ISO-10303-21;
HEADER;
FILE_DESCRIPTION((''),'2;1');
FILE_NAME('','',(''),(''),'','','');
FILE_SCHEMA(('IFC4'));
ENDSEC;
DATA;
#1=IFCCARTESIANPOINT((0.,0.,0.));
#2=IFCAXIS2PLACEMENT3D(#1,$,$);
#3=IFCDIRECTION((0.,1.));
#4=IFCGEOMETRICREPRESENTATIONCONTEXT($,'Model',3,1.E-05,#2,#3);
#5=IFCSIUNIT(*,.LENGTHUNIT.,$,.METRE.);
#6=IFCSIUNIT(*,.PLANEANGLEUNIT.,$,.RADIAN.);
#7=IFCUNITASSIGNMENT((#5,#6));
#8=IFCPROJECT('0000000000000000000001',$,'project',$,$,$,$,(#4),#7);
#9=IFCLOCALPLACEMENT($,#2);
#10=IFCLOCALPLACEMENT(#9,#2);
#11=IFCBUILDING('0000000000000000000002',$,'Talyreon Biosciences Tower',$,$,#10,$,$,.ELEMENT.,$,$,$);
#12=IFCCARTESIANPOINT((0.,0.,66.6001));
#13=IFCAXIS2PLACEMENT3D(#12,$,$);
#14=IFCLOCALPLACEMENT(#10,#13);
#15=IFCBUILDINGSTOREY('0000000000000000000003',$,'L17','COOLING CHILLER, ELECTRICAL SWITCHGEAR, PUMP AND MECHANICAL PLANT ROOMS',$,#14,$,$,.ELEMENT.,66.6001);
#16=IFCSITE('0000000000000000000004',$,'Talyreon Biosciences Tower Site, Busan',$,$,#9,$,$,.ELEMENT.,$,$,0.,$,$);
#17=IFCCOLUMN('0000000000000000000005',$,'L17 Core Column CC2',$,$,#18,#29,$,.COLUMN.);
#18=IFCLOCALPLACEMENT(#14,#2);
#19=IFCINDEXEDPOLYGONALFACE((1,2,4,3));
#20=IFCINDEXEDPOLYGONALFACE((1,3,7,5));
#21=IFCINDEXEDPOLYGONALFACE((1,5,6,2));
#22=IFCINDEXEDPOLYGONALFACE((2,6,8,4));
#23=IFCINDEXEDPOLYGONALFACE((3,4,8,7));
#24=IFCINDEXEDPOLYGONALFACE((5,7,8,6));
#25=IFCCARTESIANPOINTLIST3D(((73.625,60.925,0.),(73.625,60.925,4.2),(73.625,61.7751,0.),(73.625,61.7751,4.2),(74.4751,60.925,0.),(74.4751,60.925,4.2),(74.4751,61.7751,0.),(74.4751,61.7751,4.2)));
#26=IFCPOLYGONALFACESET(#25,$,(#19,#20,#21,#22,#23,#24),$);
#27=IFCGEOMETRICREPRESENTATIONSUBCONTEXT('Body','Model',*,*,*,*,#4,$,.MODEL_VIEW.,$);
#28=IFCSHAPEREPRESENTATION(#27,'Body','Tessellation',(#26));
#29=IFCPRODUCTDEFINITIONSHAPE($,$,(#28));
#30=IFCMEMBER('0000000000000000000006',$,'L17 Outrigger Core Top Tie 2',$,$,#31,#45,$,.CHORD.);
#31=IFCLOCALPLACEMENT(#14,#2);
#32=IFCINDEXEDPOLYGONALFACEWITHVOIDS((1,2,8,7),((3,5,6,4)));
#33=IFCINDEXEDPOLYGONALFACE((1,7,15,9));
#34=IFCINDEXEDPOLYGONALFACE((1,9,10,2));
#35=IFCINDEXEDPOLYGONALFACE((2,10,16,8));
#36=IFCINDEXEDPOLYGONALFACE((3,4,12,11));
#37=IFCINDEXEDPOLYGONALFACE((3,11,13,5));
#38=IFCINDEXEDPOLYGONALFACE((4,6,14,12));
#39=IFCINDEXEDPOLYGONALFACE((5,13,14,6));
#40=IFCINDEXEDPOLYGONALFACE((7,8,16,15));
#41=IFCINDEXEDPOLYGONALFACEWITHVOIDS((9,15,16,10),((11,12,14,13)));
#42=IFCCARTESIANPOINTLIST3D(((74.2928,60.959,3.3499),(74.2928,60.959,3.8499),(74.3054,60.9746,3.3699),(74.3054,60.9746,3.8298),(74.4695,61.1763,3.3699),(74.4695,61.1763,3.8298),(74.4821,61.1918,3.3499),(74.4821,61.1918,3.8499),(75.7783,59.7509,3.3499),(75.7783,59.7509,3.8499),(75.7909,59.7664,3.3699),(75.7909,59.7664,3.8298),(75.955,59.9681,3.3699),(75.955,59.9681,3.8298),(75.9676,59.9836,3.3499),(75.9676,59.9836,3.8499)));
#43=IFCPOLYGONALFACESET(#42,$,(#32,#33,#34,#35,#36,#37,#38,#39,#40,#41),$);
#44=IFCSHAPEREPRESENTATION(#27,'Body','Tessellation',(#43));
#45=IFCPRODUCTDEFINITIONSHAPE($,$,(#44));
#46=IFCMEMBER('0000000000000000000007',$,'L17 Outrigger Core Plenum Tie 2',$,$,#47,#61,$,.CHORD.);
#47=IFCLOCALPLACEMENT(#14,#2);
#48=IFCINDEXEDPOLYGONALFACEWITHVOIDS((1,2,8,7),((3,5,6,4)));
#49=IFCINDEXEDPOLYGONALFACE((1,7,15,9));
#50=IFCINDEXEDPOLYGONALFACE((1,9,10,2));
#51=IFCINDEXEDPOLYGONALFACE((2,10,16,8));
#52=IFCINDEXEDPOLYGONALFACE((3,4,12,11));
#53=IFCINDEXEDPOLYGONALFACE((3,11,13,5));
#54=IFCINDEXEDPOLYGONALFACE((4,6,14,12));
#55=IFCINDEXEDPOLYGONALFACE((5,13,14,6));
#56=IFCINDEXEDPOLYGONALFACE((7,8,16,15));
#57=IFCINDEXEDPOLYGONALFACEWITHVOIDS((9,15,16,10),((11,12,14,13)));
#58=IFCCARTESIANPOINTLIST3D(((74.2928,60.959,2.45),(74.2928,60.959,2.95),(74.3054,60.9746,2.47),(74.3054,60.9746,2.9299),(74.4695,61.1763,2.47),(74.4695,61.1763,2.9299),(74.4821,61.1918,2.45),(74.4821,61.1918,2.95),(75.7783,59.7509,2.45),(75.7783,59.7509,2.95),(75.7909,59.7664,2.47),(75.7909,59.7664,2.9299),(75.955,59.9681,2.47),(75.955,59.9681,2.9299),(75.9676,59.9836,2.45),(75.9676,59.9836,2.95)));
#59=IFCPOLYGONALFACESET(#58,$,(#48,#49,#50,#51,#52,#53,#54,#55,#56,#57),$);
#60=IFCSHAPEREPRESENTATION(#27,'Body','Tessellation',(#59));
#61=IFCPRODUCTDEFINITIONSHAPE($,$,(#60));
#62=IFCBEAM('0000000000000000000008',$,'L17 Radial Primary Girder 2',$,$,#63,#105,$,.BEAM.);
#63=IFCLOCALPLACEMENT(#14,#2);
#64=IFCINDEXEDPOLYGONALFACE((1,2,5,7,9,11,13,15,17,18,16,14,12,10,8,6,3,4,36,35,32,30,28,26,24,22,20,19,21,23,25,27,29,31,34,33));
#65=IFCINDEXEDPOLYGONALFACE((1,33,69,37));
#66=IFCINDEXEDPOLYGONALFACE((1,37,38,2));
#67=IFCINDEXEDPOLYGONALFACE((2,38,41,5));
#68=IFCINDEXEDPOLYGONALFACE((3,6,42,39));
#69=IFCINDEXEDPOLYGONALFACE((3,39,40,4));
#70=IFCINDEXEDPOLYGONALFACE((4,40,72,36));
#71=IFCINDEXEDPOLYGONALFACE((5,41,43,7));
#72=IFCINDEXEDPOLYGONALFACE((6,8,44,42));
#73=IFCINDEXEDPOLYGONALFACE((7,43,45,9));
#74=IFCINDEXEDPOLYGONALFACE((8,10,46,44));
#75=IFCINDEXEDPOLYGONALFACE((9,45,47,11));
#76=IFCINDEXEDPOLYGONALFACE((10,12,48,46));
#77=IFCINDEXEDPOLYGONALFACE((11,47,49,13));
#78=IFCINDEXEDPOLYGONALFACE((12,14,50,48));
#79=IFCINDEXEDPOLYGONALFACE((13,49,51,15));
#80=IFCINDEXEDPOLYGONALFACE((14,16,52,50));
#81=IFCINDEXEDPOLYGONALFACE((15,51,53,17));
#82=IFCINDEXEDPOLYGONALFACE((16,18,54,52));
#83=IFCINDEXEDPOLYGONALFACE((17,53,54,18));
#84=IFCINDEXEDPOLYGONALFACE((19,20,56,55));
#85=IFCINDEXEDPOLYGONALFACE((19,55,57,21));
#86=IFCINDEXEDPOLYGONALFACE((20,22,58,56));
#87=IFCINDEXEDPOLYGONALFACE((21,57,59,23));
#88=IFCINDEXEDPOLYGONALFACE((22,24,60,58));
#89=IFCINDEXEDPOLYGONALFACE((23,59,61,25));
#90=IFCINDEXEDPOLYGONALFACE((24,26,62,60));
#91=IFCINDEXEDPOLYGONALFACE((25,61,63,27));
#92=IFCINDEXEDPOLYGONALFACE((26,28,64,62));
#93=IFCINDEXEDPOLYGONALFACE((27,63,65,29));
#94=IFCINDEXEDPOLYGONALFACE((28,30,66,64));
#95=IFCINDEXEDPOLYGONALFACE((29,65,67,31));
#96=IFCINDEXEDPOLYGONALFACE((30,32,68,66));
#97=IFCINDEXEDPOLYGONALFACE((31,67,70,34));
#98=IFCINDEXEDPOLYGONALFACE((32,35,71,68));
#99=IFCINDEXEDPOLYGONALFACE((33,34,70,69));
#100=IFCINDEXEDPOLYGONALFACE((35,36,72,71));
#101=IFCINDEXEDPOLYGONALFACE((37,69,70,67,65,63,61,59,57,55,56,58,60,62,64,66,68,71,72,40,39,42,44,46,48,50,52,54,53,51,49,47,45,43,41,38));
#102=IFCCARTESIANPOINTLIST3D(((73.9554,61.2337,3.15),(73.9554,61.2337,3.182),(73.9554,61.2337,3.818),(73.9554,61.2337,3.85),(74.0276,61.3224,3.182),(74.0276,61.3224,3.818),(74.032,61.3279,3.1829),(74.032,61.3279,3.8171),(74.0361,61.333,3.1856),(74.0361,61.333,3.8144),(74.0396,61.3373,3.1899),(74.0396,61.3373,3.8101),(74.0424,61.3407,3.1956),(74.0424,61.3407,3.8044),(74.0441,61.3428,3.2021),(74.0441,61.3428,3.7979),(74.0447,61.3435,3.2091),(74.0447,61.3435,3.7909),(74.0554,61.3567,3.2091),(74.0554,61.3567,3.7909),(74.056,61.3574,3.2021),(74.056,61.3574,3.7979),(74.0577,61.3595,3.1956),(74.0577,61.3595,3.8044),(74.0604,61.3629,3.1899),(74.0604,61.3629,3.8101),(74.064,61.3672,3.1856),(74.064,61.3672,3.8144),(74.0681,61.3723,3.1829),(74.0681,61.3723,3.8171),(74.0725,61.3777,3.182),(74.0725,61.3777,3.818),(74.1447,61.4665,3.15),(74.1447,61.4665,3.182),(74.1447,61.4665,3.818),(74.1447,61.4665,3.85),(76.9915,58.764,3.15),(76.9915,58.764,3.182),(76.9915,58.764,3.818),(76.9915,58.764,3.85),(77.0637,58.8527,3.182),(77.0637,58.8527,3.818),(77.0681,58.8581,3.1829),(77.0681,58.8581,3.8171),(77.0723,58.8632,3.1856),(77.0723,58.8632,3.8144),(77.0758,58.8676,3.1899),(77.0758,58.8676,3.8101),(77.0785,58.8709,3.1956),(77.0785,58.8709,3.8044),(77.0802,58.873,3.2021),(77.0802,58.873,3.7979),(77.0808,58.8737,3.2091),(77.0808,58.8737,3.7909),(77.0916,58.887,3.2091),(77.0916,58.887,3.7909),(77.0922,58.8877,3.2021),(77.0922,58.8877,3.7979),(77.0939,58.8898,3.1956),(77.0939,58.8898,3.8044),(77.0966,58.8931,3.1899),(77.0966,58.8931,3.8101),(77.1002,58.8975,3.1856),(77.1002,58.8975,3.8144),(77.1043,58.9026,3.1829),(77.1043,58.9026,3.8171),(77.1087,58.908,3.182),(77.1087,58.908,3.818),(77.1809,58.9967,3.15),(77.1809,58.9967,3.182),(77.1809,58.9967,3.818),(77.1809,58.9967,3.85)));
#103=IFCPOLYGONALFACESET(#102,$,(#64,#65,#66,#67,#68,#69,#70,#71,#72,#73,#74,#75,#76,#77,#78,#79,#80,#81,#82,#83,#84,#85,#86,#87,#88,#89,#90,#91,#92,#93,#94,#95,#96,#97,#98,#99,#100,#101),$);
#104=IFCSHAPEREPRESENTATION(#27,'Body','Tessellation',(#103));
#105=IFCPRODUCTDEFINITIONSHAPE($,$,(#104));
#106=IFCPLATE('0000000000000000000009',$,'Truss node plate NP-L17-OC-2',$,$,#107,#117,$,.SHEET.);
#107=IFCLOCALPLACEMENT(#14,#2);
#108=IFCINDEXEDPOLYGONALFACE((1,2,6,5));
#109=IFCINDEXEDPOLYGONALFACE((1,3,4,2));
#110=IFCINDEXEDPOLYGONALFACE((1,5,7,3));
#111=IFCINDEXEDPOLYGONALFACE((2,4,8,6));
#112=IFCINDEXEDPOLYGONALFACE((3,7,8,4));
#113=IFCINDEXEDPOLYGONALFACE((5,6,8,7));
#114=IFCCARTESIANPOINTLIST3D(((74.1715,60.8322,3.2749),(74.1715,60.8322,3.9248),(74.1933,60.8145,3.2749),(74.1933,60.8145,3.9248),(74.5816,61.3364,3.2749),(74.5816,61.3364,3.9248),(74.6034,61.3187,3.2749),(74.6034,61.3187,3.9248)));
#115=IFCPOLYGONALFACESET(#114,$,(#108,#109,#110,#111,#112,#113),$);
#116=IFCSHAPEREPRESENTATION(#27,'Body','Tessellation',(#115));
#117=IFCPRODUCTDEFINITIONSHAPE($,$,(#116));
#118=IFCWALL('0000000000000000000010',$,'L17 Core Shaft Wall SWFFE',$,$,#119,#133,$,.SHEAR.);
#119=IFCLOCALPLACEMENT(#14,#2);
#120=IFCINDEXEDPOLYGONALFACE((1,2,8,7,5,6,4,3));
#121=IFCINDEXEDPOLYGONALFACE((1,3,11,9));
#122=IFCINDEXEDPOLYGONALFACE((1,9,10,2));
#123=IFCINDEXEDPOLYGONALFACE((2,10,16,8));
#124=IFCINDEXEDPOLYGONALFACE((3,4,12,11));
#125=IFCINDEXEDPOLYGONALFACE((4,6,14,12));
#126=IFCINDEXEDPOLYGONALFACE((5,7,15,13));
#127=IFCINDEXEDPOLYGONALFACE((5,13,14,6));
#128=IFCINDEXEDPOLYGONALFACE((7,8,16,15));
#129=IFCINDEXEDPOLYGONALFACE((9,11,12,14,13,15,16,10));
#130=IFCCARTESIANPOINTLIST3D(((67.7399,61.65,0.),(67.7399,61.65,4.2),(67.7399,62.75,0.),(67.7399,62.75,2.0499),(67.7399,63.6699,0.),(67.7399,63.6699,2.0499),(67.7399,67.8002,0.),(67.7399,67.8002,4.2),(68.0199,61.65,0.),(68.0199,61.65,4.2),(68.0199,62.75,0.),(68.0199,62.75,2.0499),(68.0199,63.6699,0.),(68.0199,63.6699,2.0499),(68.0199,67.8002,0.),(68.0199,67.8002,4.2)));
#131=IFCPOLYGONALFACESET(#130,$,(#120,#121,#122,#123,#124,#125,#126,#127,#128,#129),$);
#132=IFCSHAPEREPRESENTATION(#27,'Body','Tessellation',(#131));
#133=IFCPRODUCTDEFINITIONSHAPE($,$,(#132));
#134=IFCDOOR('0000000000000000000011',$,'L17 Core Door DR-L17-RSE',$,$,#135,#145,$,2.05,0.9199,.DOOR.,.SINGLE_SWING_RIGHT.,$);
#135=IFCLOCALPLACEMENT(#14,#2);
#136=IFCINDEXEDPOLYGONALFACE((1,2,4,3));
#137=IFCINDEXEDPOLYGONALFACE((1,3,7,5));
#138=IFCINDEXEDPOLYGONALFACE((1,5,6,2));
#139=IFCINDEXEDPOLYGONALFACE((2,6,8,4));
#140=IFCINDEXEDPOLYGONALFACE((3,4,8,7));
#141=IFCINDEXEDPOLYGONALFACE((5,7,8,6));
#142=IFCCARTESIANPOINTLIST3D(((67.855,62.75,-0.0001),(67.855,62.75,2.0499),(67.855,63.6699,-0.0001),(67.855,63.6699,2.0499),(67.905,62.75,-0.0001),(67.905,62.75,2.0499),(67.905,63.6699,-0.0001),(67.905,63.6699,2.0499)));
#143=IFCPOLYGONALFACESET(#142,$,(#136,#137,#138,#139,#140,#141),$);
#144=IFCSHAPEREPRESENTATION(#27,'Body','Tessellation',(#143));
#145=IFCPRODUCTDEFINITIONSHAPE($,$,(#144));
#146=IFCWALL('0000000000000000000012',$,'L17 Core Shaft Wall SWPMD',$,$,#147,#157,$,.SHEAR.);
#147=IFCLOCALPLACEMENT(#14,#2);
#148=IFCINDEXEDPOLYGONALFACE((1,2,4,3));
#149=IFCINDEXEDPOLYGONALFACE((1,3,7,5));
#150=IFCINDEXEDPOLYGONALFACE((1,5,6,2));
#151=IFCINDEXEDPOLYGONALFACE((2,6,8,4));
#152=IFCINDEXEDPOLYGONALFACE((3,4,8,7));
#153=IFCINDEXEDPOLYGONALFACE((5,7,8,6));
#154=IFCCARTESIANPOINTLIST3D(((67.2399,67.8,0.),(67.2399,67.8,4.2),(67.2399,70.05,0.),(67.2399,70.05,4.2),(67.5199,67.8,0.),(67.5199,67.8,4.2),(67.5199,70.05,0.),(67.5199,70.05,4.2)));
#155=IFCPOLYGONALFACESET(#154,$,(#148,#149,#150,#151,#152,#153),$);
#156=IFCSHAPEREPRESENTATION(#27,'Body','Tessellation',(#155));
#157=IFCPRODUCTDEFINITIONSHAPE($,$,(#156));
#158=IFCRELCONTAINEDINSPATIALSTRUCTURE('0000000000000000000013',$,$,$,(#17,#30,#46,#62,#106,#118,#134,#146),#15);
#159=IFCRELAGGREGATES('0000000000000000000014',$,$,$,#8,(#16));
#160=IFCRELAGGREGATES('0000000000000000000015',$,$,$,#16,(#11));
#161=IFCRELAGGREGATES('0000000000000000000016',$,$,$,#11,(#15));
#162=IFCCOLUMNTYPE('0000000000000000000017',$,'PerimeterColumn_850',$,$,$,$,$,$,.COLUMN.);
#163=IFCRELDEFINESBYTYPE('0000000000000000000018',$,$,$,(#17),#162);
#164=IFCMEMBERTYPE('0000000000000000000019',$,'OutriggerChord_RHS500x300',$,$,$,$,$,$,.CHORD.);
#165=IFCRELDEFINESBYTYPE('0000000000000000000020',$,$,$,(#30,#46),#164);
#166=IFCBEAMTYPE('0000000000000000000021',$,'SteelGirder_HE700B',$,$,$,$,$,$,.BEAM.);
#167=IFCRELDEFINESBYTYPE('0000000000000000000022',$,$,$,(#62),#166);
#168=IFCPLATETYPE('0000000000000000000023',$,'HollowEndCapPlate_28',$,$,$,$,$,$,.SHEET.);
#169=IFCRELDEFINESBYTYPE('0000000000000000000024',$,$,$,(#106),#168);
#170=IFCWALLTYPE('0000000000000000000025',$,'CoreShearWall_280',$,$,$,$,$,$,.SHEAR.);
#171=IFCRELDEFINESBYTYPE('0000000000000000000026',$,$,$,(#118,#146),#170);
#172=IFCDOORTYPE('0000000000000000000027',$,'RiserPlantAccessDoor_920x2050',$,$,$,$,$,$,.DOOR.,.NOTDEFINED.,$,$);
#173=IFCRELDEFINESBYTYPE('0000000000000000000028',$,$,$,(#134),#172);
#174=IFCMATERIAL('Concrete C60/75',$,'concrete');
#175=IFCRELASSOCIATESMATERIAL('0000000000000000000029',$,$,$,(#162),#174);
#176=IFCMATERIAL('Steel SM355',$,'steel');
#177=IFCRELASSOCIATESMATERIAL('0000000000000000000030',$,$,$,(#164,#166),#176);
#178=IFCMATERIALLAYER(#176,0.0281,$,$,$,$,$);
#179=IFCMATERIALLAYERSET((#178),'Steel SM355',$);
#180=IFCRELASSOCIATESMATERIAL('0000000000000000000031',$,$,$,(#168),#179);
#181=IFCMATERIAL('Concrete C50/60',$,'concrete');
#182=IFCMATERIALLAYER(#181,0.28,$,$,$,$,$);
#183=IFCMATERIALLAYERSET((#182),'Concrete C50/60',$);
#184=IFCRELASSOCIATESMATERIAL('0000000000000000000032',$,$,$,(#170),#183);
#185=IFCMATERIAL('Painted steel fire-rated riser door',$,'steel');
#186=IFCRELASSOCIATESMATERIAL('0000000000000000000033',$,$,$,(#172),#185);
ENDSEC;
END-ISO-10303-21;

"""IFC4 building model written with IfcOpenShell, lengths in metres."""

from ifc_helpers import new_model, si_unit, direction, frame, frame_2d, origin, origin_2d, place, context, subcontext, project, spatial, rectangle, hollow_rectangle, i_section, extrude, material, layer, layer_set, material_profile, profile_set, type_object, element, fill, save


model = new_model("IFC4")

# Units and contexts
model_context = context("Model", 3, precision=1e-05, world=origin(), true_north=direction((0.0, 1.0)))
body_context = subcontext(model_context, "Body", "Model", "MODEL_VIEW")
ifc_project = project(units=[si_unit("LENGTHUNIT", "METRE"), si_unit("PLANEANGLEUNIT", "RADIAN")], contexts=[model_context])

# Site, building, storey
site_placement = place(None, origin())
site = spatial("IfcSite", under=ifc_project, at=site_placement, Name="Talyreon Biosciences Tower Site, Busan", CompositionType="ELEMENT", RefElevation=0.0)
building_placement = place(site_placement, origin())
building = spatial("IfcBuilding", under=site, at=building_placement, Name="Talyreon Biosciences Tower", CompositionType="ELEMENT")
storey_placement = place(building_placement, frame((0.0, 0.0, 66.6001)))
storey = spatial("IfcBuildingStorey", under=building, at=storey_placement, Name="L17", Description="COOLING CHILLER, ELECTRICAL SWITCHGEAR, PUMP AND MECHANICAL PLANT ROOMS", CompositionType="ELEMENT", Elevation=66.6001)

# Column
ifc_material_1 = material(Name="Concrete C60/75", Category="concrete")
ifc_material_profile_1 = material_profile(ifc_material_1, rectangle(XDim=0.8501, YDim=0.8501, at=origin_2d()), Name="RC 850x850")
ifc_profile_set_1 = profile_set([ifc_material_profile_1], Name="Concrete C60/75")
column_type = type_object("IfcColumnType", Name="PerimeterColumn_850", PredefinedType="COLUMN", material=ifc_profile_set_1)
column_placement = place(storey_placement, frame((74.05, 61.3501, 0.0), z_axis=(0.0, 0.0, 1.0), x_axis=(1.0, 0.0, 0.0)))
element("IfcColumn", 1, at=column_placement, inside=storey, type_object=column_type, Name="L17 Core Column CC2", PredefinedType="COLUMN", context=body_context, shape_type="SweptSolid", body=[
    extrude(rectangle(XDim=0.8501, YDim=0.8501, at=origin_2d()), origin(), (0.0, 0.0, 1.0), 4.2),
])

# Members
ifc_material_2 = material(Name="Steel SM355", Category="steel")
ifc_material_profile_2 = material_profile(ifc_material_2, hollow_rectangle(XDim=0.3, YDim=0.5, WallThickness=0.02, at=origin_2d()), Name="RHS 500x300x20")
ifc_profile_set_2 = profile_set([ifc_material_profile_2], Name="Steel SM355")
member_type = type_object("IfcMemberType", Name="OutriggerChord_RHS500x300", PredefinedType="CHORD", material=ifc_profile_set_2)
for number, where, z_axis, x_axis, name in (
    (2, (74.3875, 61.0754, 3.5999), (0.775806, -0.630972, 0.0), (0.630972, 0.775806, 0.0), "L17 Outrigger Core Top Tie 2"),
    (3, (74.3875, 61.0754, 2.7), (0.775806, -0.630972, 0.0), (0.630972, 0.775806, 0.0), "L17 Outrigger Core Plenum Tie 2"),
):
    element("IfcMember", number, at=place(storey_placement, frame(where, z_axis=z_axis, x_axis=x_axis)), inside=storey, type_object=member_type, Name=name, PredefinedType="CHORD", context=body_context, shape_type="SweptSolid", body=[
        extrude(hollow_rectangle(XDim=0.3, YDim=0.5, WallThickness=0.02, at=origin_2d()), origin(), (0.0, 0.0, 1.0), 1.9148),
    ])

# Beam
ifc_material_profile_3 = material_profile(ifc_material_2, i_section(OverallWidth=0.3, OverallDepth=0.7, WebThickness=0.0171, FlangeThickness=0.032, FilletRadius=0.0271, at=origin_2d()), Name="HE700B")
ifc_profile_set_3 = profile_set([ifc_material_profile_3], Name="Steel SM355")
beam_type = type_object("IfcBeamType", Name="SteelGirder_HE700B", PredefinedType="BEAM", material=ifc_profile_set_3)
beam_placement = place(storey_placement, frame((74.05, 61.3501, 3.5), z_axis=(0.775755, -0.631034, 0.0), x_axis=(0.631034, 0.775755, 0.0)))
element("IfcBeam", 4, at=beam_placement, inside=storey, type_object=beam_type, Name="L17 Radial Primary Girder 2", PredefinedType="BEAM", context=body_context, shape_type="SweptSolid", body=[
    extrude(i_section(OverallWidth=0.3, OverallDepth=0.7, WebThickness=0.0171, FlangeThickness=0.032, FilletRadius=0.0271, at=origin_2d()), origin(), (0.0, 0.0, 1.0), 3.9138),
])

# Plate
ifc_layer_1 = layer(ifc_material_2, 0.0281)
ifc_layer_set_1 = layer_set([ifc_layer_1], Name="Steel SM355")
plate_type = type_object("IfcPlateType", Name="HollowEndCapPlate_28", PredefinedType="SHEET", material=ifc_layer_set_1)
plate_placement = place(storey_placement, frame((74.3875, 61.0754, 3.2749), z_axis=(0.0, 0.0, 1.0), x_axis=(0.631001, 0.775782, 0.0)))
element("IfcPlate", 5, at=plate_placement, inside=storey, type_object=plate_type, Name="Truss node plate NP-L17-OC-2", PredefinedType="SHEET", context=body_context, shape_type="SweptSolid", body=[
    extrude(rectangle(XDim=0.6499, YDim=0.0281, at=origin_2d()), origin(), (0.0, 0.0, 1.0), 0.6499),
])

# Wall, opening, door
ifc_material_3 = material(Name="Concrete C50/60", Category="concrete")
ifc_layer_2 = layer(ifc_material_3, 0.28)
ifc_layer_set_2 = layer_set([ifc_layer_2], Name="Concrete C50/60")
wall_type_1 = type_object("IfcWallType", Name="CoreShearWall_280", PredefinedType="SHEAR", material=ifc_layer_set_2)
wall_1_placement = place(storey_placement, frame((67.8799, 61.6499, 0.0), z_axis=(0.0, 0.0, 1.0), x_axis=(0.0, 1.0, 0.0)))
wall_1 = element("IfcWall", 6, at=wall_1_placement, inside=storey, type_object=wall_type_1, Name="L17 Core Shaft Wall SWFFE", PredefinedType="SHEAR", context=body_context, shape_type="SweptSolid", body=[
    extrude(rectangle(XDim=6.1501, YDim=0.28, at=frame_2d((3.0752, 0.0))), origin(), (0.0, 0.0, 1.0), 4.2),
])
opening_1_placement = place(wall_1_placement, frame((1.1001, 0.0, 0.0)))
opening_1 = element("IfcOpeningElement", 7, at=opening_1_placement, cuts=wall_1, PredefinedType="OPENING", context=body_context, shape_type="SweptSolid", body=[
    extrude(rectangle(XDim=0.9199, YDim=2.05, at=frame_2d((0.46, 1.0249))), frame((0.0, 0.1499, 0.0), z_axis=(0.0, -1.0, 0.0), x_axis=(1.0, 0.0, 0.0)), (0.0, 0.0, 1.0), 0.3),
])
ifc_material_4 = material(Name="Painted steel fire-rated riser door", Category="steel")
door_type = type_object("IfcDoorType", Name="RiserPlantAccessDoor_920x2050", OperationType="NOTDEFINED", PredefinedType="DOOR", material=ifc_material_4)
door_1_placement = place(opening_1_placement, origin())
door_1 = element("IfcDoor", 8, at=door_1_placement, inside=storey, type_object=door_type, Name="L17 Core Door DR-L17-RSE", OperationType="SINGLE_SWING_RIGHT", OverallHeight=2.05, OverallWidth=0.9199, PredefinedType="DOOR", context=body_context, shape_type="SweptSolid", body=[
    extrude(rectangle(XDim=0.9199, YDim=2.05, at=frame_2d((0.46, 1.0249))), frame((0.0, 0.0249, 0.0), z_axis=(0.0, -1.0, 0.0), x_axis=(1.0, 0.0, 0.0)), (0.0, 0.0, 1.0), 0.05),
])
fill(opening_1, door_1)

# Wall
wall_2_placement = place(storey_placement, frame((67.3799, 67.8, 0.0), z_axis=(0.0, 0.0, 1.0), x_axis=(0.0, 1.0, 0.0)))
element("IfcWall", 9, at=wall_2_placement, inside=storey, type_object=wall_type_1, Name="L17 Core Shaft Wall SWPMD", PredefinedType="SHEAR", context=body_context, shape_type="SweptSolid", body=[
    extrude(rectangle(XDim=2.25, YDim=0.28, at=frame_2d((1.125, 0.0))), origin(), (0.0, 0.0, 1.0), 4.2),
])

save(model, "model.ifc")
